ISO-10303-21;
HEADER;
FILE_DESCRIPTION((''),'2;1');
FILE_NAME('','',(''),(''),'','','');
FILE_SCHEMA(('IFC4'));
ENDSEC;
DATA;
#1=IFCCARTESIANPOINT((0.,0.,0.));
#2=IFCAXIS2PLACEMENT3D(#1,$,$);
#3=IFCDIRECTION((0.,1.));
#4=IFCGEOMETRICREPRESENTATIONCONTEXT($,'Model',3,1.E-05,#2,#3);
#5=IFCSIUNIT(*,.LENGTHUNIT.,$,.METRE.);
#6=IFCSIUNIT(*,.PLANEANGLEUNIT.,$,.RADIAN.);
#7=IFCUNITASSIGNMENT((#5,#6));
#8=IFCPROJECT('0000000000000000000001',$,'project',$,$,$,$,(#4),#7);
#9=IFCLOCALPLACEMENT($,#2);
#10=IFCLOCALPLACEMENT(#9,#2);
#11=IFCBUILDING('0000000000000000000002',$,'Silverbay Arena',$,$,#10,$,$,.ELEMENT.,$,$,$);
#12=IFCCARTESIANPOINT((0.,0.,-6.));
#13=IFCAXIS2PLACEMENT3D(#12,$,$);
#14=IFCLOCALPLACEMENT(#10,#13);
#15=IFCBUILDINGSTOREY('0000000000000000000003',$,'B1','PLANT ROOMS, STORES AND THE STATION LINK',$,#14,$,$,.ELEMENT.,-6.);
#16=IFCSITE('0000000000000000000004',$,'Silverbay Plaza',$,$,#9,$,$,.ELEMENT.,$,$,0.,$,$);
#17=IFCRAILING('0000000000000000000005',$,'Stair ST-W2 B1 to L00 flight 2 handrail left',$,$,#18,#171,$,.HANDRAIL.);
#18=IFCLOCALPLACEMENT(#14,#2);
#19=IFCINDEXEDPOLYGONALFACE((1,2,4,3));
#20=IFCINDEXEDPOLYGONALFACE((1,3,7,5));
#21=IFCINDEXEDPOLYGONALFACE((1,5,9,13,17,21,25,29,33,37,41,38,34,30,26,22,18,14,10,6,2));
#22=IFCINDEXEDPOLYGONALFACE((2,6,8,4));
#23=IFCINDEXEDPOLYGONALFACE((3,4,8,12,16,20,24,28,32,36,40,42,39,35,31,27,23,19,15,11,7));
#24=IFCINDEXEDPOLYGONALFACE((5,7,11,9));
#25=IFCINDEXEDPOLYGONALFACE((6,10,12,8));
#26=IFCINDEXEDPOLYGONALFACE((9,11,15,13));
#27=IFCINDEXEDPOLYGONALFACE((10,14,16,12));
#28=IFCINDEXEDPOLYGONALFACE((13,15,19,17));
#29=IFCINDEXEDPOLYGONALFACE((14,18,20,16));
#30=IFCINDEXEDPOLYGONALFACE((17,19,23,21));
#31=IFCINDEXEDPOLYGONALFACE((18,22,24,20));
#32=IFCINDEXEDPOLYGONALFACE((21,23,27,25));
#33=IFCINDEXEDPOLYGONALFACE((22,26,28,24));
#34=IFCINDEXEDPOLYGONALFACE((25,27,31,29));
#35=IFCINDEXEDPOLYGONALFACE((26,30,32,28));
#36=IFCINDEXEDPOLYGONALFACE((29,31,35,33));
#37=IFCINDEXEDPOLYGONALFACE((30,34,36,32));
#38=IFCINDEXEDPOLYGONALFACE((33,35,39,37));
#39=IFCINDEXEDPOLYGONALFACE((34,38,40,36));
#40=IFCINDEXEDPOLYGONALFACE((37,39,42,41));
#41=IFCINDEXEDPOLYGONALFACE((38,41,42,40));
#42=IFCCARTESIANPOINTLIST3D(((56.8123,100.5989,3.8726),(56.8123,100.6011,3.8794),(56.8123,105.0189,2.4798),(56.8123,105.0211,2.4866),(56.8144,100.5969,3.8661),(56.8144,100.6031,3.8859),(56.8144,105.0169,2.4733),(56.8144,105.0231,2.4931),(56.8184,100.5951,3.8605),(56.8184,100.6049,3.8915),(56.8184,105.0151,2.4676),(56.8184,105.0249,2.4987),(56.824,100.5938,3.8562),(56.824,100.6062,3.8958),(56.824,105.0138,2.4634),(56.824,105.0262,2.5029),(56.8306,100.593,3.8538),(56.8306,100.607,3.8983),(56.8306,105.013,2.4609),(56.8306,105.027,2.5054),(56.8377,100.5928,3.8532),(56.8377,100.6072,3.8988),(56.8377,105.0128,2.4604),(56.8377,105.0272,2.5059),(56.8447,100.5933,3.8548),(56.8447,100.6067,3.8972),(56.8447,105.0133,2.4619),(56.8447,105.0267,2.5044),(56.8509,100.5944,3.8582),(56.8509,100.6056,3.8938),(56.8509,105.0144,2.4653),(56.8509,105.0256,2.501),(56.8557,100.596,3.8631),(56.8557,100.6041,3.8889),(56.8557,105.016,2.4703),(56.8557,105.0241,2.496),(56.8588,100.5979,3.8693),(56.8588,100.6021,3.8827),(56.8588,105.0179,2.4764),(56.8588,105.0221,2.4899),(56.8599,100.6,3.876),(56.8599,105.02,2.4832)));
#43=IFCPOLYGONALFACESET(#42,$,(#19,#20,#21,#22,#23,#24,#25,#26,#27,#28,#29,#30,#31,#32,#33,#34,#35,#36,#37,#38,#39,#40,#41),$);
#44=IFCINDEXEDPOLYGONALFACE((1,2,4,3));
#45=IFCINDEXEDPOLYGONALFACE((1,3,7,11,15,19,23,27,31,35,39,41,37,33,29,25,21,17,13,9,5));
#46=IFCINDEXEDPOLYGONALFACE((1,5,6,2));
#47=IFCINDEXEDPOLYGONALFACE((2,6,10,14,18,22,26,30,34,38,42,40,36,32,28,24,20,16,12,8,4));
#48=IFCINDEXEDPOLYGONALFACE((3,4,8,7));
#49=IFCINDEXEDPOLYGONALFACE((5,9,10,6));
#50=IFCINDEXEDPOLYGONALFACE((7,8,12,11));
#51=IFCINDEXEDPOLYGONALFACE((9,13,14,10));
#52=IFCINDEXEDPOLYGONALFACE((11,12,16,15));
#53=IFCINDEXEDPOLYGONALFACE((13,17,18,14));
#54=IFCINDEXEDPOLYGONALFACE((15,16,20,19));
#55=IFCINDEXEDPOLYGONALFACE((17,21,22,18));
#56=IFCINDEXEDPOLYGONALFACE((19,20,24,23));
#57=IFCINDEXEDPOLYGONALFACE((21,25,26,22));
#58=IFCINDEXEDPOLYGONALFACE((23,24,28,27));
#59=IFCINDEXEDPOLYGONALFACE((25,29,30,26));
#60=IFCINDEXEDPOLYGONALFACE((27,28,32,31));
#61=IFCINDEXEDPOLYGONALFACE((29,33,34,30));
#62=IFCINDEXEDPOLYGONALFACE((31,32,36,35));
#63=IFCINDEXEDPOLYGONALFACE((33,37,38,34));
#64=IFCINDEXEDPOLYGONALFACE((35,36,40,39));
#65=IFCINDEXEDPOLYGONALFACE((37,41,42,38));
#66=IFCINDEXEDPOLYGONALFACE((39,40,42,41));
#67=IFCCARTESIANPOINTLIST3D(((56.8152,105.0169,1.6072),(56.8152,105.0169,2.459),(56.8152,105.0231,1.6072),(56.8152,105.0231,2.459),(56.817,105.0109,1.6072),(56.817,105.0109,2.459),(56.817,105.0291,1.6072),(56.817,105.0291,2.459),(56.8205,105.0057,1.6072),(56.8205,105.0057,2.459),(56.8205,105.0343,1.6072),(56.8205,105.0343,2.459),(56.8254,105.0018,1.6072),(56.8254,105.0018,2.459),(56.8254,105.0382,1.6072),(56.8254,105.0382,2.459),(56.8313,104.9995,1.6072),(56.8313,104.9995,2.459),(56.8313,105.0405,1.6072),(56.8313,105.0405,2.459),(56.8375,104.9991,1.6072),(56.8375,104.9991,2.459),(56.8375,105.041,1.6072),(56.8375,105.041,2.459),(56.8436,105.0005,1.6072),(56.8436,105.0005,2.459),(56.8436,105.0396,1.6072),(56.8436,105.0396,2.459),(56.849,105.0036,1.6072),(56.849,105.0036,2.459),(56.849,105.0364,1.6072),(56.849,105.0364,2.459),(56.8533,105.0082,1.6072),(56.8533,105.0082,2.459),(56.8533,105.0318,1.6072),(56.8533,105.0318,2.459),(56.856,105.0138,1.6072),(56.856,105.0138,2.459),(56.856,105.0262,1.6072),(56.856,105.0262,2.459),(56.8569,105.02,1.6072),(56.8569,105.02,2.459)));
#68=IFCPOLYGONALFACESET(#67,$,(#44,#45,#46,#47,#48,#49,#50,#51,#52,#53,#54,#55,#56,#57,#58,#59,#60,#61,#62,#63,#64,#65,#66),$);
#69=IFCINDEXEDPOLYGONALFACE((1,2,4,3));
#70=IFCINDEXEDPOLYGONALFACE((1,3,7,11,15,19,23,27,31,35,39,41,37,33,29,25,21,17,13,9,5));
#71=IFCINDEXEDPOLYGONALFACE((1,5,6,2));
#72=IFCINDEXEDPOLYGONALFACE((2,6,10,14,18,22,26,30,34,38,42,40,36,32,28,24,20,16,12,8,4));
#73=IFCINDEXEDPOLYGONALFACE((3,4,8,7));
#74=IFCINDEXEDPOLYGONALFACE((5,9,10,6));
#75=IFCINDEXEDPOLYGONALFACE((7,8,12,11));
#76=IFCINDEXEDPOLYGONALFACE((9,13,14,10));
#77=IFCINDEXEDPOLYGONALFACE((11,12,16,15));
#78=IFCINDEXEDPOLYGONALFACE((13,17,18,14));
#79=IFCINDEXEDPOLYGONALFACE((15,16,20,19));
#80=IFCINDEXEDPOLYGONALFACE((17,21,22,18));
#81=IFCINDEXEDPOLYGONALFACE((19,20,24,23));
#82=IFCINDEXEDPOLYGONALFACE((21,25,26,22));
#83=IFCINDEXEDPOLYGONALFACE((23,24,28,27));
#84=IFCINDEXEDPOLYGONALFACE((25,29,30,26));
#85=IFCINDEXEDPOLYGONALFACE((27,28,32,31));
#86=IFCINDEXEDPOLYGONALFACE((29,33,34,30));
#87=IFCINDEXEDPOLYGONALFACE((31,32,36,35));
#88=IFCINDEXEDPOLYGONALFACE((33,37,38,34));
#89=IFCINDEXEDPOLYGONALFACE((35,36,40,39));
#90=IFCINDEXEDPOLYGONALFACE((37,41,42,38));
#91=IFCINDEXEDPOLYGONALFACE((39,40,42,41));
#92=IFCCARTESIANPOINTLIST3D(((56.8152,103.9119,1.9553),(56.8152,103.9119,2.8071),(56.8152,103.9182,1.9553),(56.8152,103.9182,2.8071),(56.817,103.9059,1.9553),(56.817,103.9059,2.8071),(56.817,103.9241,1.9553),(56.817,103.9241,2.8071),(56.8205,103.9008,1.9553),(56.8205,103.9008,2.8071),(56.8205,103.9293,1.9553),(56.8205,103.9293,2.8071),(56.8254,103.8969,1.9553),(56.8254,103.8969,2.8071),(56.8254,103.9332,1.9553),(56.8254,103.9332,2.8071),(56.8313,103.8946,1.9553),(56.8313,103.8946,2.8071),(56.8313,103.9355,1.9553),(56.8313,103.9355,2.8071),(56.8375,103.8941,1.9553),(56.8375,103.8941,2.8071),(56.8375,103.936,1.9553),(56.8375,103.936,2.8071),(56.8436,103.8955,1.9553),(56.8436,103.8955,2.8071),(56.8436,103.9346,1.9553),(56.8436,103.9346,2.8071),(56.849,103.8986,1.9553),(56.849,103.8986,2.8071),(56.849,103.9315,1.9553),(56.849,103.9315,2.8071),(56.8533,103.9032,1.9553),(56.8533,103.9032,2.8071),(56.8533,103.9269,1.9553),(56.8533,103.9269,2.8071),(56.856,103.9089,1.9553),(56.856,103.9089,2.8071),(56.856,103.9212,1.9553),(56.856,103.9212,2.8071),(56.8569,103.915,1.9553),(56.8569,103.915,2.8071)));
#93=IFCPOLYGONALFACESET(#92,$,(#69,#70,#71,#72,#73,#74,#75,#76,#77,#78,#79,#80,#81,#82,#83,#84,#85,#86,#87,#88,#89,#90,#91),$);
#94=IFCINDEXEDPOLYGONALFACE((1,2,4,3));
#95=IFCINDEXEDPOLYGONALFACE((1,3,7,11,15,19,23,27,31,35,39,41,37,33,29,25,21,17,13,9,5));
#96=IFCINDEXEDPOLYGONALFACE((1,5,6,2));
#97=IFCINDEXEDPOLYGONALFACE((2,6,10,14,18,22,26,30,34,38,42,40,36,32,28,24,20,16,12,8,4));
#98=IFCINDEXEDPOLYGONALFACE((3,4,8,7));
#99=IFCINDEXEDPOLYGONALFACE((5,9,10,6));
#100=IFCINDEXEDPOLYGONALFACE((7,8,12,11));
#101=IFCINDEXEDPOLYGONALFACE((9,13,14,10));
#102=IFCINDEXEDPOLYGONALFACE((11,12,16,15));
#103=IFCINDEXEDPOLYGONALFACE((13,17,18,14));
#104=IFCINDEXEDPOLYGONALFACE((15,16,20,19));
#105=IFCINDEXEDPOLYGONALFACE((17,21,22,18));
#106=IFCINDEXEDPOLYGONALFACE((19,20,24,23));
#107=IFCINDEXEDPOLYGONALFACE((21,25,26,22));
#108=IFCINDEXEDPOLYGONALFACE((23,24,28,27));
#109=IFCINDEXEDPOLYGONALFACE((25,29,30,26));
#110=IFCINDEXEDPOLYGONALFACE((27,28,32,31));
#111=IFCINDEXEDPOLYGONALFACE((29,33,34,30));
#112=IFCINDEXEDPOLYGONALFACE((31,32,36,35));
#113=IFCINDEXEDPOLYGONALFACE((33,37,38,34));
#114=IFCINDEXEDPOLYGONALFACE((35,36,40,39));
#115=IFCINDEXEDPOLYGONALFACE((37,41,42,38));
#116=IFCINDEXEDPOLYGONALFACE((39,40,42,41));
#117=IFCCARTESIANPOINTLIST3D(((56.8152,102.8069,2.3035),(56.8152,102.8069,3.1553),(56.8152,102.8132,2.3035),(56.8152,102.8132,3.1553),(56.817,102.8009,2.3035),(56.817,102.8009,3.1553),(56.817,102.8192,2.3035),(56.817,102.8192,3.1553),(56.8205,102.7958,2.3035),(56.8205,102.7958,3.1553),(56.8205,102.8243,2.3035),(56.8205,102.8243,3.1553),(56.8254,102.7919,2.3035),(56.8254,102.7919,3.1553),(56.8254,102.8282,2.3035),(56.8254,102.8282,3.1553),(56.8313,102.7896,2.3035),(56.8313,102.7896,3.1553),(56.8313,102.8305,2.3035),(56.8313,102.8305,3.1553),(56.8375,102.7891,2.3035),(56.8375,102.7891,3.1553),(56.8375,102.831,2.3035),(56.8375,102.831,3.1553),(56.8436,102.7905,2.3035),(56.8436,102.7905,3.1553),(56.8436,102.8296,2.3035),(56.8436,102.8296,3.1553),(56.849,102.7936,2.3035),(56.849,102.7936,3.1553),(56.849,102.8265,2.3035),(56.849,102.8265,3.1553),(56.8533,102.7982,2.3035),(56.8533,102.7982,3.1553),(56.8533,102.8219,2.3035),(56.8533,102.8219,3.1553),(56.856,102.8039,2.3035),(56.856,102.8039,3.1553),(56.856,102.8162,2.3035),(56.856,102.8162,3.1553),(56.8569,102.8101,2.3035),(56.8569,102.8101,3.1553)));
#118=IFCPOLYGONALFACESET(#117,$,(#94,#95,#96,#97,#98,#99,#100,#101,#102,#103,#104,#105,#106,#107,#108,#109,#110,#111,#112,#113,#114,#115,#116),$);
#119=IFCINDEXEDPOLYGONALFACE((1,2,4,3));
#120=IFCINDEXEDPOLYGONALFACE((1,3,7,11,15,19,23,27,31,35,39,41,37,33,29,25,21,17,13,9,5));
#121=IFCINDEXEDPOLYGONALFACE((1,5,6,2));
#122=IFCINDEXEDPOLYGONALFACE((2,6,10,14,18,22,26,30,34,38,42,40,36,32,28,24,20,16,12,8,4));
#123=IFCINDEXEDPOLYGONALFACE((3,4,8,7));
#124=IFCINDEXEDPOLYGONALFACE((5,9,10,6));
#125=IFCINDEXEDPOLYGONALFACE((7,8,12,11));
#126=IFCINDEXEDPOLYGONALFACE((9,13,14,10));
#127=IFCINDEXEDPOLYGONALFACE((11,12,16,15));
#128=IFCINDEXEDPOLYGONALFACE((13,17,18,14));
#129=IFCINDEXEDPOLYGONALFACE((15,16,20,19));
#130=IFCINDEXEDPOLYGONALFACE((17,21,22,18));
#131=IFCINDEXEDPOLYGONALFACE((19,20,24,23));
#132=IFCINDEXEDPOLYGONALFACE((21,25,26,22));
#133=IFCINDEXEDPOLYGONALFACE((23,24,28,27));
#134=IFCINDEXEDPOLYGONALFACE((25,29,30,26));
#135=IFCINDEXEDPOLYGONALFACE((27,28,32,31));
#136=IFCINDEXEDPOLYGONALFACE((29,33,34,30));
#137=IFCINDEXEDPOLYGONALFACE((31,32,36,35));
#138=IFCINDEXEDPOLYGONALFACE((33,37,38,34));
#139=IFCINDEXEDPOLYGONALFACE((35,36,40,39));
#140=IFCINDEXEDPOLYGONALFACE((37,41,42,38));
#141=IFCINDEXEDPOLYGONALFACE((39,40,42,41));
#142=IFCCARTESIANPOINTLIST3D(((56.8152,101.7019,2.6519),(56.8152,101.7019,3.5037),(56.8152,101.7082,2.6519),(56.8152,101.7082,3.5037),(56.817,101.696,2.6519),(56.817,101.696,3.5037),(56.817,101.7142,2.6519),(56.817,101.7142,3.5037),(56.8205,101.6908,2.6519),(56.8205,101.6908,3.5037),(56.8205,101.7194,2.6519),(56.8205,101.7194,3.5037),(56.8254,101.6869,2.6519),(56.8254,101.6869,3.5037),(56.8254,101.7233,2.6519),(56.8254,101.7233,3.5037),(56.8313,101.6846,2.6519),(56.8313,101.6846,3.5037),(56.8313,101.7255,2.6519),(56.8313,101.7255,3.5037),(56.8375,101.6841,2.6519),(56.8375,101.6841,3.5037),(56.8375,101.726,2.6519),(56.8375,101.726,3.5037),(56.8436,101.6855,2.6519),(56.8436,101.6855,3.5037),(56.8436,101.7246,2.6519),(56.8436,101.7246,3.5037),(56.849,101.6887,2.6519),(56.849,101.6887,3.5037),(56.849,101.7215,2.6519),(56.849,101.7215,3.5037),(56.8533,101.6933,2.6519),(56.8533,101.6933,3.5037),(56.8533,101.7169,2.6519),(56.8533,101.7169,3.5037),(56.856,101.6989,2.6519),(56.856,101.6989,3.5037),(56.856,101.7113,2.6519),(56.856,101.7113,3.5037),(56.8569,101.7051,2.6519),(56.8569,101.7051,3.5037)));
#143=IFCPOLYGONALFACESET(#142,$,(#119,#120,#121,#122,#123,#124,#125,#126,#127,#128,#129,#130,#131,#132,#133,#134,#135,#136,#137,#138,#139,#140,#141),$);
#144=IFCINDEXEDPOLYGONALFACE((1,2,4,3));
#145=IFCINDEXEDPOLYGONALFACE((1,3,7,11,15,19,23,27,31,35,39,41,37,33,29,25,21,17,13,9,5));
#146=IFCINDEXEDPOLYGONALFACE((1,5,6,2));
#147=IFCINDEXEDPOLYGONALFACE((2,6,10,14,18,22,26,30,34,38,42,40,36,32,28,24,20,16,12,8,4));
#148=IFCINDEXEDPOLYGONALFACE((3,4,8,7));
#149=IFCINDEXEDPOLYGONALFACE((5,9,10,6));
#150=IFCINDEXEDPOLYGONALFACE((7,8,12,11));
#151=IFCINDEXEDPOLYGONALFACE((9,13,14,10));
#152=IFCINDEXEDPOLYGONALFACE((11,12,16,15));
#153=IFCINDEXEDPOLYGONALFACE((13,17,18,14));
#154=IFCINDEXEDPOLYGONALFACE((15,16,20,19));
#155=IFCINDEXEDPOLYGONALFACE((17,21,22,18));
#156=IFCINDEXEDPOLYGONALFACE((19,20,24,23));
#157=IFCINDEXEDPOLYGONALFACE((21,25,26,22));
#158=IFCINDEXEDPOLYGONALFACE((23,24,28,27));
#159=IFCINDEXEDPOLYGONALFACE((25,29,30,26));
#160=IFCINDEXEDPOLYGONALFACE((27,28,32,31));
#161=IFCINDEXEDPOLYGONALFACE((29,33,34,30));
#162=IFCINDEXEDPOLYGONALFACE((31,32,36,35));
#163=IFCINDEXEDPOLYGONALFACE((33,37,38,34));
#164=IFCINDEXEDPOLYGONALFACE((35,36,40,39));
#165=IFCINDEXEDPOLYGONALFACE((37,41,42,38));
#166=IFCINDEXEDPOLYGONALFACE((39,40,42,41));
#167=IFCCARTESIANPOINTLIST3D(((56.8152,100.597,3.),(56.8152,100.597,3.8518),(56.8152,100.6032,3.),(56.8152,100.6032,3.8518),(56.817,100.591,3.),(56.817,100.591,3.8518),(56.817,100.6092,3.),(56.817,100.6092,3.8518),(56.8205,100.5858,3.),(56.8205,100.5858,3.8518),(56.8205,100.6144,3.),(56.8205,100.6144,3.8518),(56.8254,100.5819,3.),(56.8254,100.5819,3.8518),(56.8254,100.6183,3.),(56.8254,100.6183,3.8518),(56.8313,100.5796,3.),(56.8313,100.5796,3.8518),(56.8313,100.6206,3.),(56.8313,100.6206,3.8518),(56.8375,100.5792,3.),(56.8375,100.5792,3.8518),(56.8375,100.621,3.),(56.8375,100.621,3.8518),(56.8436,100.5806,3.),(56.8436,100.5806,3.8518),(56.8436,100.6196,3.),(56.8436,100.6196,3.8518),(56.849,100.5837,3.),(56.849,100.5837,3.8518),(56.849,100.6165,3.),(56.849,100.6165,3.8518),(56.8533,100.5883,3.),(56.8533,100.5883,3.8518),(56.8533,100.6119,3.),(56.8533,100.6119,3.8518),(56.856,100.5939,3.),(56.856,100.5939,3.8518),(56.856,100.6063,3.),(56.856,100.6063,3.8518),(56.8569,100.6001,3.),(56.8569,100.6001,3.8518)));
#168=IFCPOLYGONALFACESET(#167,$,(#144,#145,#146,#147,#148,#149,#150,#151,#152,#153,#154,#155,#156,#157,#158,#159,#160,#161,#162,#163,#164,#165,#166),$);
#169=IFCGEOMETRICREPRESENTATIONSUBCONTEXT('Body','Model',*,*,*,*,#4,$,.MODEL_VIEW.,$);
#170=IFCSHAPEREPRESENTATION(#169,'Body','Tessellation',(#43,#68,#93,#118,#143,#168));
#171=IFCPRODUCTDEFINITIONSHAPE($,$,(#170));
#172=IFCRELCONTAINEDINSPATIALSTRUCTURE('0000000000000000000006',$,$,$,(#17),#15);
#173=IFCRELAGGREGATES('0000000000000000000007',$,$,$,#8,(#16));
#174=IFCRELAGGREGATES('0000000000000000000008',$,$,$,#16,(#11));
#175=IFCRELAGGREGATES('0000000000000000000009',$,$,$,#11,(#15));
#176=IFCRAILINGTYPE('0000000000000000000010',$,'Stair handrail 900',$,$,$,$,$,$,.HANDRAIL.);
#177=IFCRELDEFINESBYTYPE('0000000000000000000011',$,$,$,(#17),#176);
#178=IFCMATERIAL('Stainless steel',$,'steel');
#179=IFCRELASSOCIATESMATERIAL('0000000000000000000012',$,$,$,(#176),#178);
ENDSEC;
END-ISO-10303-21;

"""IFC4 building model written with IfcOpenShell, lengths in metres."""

from ifc_helpers import new_model, si_unit, direction, frame, origin, origin_2d, place, context, subcontext, project, spatial, circle, extrude, material, type_object, element, save


model = new_model("IFC4")

# Units and contexts
model_context = context("Model", 3, precision=1e-05, world=origin(), true_north=direction((0.0, 1.0)))
body_context = subcontext(model_context, "Body", "Model", "MODEL_VIEW")
ifc_project = project(units=[si_unit("LENGTHUNIT", "METRE"), si_unit("PLANEANGLEUNIT", "RADIAN")], contexts=[model_context])

# Site, building, storey
site_placement = place(None, origin())
site = spatial("IfcSite", under=ifc_project, at=site_placement, Name="Silverbay Plaza", CompositionType="ELEMENT", RefElevation=0.0)
building_placement = place(site_placement, origin())
building = spatial("IfcBuilding", under=site, at=building_placement, Name="Silverbay Arena", CompositionType="ELEMENT")
storey_placement = place(building_placement, frame((0.0, 0.0, -6.0)))
storey = spatial("IfcBuildingStorey", under=building, at=storey_placement, Name="B1", Description="PLANT ROOMS, STORES AND THE STATION LINK", CompositionType="ELEMENT", Elevation=-6.0)

# Railing
ifc_material_1 = material(Name="Stainless steel", Category="steel")
railing_type_1 = type_object("IfcRailingType", Name="Stair handrail 900", PredefinedType="HANDRAIL", material=ifc_material_1)
for number, where, name in (
    (1, (56.8359, 105.02, 1.6072), "Stair ST-W2 B1 to L00 flight 2 handrail left"),
):
    element("IfcRailing", number, at=place(storey_placement, frame(where)), inside=storey, type_object=railing_type_1, Name=name, PredefinedType="HANDRAIL", context=body_context, shape_type="SweptSolid", body=[
        extrude(circle(Radius=0.0239, at=origin_2d()), frame((0.0, 0.0, 0.876), z_axis=(0.0, -0.953765, 0.300554), x_axis=(1.0, 0.0, 0.0)), (0.0, 0.0, 1.0), 4.6343),
        extrude(circle(Radius=0.021, at=origin_2d()), origin(), (0.0, 0.0, 1.0), 0.8518),
        extrude(circle(Radius=0.021, at=origin_2d()), frame((0.0, -1.105, 0.3481)), (0.0, 0.0, 1.0), 0.8518),
        extrude(circle(Radius=0.021, at=origin_2d()), frame((0.0, -2.21, 0.6963)), (0.0, 0.0, 1.0), 0.8518),
        extrude(circle(Radius=0.021, at=origin_2d()), frame((0.0, -3.3149, 1.0447)), (0.0, 0.0, 1.0), 0.8518),
        extrude(circle(Radius=0.021, at=origin_2d()), frame((0.0, -4.4199, 1.3928)), (0.0, 0.0, 1.0), 0.8518),
    ])

save(model, "model.ifc")
